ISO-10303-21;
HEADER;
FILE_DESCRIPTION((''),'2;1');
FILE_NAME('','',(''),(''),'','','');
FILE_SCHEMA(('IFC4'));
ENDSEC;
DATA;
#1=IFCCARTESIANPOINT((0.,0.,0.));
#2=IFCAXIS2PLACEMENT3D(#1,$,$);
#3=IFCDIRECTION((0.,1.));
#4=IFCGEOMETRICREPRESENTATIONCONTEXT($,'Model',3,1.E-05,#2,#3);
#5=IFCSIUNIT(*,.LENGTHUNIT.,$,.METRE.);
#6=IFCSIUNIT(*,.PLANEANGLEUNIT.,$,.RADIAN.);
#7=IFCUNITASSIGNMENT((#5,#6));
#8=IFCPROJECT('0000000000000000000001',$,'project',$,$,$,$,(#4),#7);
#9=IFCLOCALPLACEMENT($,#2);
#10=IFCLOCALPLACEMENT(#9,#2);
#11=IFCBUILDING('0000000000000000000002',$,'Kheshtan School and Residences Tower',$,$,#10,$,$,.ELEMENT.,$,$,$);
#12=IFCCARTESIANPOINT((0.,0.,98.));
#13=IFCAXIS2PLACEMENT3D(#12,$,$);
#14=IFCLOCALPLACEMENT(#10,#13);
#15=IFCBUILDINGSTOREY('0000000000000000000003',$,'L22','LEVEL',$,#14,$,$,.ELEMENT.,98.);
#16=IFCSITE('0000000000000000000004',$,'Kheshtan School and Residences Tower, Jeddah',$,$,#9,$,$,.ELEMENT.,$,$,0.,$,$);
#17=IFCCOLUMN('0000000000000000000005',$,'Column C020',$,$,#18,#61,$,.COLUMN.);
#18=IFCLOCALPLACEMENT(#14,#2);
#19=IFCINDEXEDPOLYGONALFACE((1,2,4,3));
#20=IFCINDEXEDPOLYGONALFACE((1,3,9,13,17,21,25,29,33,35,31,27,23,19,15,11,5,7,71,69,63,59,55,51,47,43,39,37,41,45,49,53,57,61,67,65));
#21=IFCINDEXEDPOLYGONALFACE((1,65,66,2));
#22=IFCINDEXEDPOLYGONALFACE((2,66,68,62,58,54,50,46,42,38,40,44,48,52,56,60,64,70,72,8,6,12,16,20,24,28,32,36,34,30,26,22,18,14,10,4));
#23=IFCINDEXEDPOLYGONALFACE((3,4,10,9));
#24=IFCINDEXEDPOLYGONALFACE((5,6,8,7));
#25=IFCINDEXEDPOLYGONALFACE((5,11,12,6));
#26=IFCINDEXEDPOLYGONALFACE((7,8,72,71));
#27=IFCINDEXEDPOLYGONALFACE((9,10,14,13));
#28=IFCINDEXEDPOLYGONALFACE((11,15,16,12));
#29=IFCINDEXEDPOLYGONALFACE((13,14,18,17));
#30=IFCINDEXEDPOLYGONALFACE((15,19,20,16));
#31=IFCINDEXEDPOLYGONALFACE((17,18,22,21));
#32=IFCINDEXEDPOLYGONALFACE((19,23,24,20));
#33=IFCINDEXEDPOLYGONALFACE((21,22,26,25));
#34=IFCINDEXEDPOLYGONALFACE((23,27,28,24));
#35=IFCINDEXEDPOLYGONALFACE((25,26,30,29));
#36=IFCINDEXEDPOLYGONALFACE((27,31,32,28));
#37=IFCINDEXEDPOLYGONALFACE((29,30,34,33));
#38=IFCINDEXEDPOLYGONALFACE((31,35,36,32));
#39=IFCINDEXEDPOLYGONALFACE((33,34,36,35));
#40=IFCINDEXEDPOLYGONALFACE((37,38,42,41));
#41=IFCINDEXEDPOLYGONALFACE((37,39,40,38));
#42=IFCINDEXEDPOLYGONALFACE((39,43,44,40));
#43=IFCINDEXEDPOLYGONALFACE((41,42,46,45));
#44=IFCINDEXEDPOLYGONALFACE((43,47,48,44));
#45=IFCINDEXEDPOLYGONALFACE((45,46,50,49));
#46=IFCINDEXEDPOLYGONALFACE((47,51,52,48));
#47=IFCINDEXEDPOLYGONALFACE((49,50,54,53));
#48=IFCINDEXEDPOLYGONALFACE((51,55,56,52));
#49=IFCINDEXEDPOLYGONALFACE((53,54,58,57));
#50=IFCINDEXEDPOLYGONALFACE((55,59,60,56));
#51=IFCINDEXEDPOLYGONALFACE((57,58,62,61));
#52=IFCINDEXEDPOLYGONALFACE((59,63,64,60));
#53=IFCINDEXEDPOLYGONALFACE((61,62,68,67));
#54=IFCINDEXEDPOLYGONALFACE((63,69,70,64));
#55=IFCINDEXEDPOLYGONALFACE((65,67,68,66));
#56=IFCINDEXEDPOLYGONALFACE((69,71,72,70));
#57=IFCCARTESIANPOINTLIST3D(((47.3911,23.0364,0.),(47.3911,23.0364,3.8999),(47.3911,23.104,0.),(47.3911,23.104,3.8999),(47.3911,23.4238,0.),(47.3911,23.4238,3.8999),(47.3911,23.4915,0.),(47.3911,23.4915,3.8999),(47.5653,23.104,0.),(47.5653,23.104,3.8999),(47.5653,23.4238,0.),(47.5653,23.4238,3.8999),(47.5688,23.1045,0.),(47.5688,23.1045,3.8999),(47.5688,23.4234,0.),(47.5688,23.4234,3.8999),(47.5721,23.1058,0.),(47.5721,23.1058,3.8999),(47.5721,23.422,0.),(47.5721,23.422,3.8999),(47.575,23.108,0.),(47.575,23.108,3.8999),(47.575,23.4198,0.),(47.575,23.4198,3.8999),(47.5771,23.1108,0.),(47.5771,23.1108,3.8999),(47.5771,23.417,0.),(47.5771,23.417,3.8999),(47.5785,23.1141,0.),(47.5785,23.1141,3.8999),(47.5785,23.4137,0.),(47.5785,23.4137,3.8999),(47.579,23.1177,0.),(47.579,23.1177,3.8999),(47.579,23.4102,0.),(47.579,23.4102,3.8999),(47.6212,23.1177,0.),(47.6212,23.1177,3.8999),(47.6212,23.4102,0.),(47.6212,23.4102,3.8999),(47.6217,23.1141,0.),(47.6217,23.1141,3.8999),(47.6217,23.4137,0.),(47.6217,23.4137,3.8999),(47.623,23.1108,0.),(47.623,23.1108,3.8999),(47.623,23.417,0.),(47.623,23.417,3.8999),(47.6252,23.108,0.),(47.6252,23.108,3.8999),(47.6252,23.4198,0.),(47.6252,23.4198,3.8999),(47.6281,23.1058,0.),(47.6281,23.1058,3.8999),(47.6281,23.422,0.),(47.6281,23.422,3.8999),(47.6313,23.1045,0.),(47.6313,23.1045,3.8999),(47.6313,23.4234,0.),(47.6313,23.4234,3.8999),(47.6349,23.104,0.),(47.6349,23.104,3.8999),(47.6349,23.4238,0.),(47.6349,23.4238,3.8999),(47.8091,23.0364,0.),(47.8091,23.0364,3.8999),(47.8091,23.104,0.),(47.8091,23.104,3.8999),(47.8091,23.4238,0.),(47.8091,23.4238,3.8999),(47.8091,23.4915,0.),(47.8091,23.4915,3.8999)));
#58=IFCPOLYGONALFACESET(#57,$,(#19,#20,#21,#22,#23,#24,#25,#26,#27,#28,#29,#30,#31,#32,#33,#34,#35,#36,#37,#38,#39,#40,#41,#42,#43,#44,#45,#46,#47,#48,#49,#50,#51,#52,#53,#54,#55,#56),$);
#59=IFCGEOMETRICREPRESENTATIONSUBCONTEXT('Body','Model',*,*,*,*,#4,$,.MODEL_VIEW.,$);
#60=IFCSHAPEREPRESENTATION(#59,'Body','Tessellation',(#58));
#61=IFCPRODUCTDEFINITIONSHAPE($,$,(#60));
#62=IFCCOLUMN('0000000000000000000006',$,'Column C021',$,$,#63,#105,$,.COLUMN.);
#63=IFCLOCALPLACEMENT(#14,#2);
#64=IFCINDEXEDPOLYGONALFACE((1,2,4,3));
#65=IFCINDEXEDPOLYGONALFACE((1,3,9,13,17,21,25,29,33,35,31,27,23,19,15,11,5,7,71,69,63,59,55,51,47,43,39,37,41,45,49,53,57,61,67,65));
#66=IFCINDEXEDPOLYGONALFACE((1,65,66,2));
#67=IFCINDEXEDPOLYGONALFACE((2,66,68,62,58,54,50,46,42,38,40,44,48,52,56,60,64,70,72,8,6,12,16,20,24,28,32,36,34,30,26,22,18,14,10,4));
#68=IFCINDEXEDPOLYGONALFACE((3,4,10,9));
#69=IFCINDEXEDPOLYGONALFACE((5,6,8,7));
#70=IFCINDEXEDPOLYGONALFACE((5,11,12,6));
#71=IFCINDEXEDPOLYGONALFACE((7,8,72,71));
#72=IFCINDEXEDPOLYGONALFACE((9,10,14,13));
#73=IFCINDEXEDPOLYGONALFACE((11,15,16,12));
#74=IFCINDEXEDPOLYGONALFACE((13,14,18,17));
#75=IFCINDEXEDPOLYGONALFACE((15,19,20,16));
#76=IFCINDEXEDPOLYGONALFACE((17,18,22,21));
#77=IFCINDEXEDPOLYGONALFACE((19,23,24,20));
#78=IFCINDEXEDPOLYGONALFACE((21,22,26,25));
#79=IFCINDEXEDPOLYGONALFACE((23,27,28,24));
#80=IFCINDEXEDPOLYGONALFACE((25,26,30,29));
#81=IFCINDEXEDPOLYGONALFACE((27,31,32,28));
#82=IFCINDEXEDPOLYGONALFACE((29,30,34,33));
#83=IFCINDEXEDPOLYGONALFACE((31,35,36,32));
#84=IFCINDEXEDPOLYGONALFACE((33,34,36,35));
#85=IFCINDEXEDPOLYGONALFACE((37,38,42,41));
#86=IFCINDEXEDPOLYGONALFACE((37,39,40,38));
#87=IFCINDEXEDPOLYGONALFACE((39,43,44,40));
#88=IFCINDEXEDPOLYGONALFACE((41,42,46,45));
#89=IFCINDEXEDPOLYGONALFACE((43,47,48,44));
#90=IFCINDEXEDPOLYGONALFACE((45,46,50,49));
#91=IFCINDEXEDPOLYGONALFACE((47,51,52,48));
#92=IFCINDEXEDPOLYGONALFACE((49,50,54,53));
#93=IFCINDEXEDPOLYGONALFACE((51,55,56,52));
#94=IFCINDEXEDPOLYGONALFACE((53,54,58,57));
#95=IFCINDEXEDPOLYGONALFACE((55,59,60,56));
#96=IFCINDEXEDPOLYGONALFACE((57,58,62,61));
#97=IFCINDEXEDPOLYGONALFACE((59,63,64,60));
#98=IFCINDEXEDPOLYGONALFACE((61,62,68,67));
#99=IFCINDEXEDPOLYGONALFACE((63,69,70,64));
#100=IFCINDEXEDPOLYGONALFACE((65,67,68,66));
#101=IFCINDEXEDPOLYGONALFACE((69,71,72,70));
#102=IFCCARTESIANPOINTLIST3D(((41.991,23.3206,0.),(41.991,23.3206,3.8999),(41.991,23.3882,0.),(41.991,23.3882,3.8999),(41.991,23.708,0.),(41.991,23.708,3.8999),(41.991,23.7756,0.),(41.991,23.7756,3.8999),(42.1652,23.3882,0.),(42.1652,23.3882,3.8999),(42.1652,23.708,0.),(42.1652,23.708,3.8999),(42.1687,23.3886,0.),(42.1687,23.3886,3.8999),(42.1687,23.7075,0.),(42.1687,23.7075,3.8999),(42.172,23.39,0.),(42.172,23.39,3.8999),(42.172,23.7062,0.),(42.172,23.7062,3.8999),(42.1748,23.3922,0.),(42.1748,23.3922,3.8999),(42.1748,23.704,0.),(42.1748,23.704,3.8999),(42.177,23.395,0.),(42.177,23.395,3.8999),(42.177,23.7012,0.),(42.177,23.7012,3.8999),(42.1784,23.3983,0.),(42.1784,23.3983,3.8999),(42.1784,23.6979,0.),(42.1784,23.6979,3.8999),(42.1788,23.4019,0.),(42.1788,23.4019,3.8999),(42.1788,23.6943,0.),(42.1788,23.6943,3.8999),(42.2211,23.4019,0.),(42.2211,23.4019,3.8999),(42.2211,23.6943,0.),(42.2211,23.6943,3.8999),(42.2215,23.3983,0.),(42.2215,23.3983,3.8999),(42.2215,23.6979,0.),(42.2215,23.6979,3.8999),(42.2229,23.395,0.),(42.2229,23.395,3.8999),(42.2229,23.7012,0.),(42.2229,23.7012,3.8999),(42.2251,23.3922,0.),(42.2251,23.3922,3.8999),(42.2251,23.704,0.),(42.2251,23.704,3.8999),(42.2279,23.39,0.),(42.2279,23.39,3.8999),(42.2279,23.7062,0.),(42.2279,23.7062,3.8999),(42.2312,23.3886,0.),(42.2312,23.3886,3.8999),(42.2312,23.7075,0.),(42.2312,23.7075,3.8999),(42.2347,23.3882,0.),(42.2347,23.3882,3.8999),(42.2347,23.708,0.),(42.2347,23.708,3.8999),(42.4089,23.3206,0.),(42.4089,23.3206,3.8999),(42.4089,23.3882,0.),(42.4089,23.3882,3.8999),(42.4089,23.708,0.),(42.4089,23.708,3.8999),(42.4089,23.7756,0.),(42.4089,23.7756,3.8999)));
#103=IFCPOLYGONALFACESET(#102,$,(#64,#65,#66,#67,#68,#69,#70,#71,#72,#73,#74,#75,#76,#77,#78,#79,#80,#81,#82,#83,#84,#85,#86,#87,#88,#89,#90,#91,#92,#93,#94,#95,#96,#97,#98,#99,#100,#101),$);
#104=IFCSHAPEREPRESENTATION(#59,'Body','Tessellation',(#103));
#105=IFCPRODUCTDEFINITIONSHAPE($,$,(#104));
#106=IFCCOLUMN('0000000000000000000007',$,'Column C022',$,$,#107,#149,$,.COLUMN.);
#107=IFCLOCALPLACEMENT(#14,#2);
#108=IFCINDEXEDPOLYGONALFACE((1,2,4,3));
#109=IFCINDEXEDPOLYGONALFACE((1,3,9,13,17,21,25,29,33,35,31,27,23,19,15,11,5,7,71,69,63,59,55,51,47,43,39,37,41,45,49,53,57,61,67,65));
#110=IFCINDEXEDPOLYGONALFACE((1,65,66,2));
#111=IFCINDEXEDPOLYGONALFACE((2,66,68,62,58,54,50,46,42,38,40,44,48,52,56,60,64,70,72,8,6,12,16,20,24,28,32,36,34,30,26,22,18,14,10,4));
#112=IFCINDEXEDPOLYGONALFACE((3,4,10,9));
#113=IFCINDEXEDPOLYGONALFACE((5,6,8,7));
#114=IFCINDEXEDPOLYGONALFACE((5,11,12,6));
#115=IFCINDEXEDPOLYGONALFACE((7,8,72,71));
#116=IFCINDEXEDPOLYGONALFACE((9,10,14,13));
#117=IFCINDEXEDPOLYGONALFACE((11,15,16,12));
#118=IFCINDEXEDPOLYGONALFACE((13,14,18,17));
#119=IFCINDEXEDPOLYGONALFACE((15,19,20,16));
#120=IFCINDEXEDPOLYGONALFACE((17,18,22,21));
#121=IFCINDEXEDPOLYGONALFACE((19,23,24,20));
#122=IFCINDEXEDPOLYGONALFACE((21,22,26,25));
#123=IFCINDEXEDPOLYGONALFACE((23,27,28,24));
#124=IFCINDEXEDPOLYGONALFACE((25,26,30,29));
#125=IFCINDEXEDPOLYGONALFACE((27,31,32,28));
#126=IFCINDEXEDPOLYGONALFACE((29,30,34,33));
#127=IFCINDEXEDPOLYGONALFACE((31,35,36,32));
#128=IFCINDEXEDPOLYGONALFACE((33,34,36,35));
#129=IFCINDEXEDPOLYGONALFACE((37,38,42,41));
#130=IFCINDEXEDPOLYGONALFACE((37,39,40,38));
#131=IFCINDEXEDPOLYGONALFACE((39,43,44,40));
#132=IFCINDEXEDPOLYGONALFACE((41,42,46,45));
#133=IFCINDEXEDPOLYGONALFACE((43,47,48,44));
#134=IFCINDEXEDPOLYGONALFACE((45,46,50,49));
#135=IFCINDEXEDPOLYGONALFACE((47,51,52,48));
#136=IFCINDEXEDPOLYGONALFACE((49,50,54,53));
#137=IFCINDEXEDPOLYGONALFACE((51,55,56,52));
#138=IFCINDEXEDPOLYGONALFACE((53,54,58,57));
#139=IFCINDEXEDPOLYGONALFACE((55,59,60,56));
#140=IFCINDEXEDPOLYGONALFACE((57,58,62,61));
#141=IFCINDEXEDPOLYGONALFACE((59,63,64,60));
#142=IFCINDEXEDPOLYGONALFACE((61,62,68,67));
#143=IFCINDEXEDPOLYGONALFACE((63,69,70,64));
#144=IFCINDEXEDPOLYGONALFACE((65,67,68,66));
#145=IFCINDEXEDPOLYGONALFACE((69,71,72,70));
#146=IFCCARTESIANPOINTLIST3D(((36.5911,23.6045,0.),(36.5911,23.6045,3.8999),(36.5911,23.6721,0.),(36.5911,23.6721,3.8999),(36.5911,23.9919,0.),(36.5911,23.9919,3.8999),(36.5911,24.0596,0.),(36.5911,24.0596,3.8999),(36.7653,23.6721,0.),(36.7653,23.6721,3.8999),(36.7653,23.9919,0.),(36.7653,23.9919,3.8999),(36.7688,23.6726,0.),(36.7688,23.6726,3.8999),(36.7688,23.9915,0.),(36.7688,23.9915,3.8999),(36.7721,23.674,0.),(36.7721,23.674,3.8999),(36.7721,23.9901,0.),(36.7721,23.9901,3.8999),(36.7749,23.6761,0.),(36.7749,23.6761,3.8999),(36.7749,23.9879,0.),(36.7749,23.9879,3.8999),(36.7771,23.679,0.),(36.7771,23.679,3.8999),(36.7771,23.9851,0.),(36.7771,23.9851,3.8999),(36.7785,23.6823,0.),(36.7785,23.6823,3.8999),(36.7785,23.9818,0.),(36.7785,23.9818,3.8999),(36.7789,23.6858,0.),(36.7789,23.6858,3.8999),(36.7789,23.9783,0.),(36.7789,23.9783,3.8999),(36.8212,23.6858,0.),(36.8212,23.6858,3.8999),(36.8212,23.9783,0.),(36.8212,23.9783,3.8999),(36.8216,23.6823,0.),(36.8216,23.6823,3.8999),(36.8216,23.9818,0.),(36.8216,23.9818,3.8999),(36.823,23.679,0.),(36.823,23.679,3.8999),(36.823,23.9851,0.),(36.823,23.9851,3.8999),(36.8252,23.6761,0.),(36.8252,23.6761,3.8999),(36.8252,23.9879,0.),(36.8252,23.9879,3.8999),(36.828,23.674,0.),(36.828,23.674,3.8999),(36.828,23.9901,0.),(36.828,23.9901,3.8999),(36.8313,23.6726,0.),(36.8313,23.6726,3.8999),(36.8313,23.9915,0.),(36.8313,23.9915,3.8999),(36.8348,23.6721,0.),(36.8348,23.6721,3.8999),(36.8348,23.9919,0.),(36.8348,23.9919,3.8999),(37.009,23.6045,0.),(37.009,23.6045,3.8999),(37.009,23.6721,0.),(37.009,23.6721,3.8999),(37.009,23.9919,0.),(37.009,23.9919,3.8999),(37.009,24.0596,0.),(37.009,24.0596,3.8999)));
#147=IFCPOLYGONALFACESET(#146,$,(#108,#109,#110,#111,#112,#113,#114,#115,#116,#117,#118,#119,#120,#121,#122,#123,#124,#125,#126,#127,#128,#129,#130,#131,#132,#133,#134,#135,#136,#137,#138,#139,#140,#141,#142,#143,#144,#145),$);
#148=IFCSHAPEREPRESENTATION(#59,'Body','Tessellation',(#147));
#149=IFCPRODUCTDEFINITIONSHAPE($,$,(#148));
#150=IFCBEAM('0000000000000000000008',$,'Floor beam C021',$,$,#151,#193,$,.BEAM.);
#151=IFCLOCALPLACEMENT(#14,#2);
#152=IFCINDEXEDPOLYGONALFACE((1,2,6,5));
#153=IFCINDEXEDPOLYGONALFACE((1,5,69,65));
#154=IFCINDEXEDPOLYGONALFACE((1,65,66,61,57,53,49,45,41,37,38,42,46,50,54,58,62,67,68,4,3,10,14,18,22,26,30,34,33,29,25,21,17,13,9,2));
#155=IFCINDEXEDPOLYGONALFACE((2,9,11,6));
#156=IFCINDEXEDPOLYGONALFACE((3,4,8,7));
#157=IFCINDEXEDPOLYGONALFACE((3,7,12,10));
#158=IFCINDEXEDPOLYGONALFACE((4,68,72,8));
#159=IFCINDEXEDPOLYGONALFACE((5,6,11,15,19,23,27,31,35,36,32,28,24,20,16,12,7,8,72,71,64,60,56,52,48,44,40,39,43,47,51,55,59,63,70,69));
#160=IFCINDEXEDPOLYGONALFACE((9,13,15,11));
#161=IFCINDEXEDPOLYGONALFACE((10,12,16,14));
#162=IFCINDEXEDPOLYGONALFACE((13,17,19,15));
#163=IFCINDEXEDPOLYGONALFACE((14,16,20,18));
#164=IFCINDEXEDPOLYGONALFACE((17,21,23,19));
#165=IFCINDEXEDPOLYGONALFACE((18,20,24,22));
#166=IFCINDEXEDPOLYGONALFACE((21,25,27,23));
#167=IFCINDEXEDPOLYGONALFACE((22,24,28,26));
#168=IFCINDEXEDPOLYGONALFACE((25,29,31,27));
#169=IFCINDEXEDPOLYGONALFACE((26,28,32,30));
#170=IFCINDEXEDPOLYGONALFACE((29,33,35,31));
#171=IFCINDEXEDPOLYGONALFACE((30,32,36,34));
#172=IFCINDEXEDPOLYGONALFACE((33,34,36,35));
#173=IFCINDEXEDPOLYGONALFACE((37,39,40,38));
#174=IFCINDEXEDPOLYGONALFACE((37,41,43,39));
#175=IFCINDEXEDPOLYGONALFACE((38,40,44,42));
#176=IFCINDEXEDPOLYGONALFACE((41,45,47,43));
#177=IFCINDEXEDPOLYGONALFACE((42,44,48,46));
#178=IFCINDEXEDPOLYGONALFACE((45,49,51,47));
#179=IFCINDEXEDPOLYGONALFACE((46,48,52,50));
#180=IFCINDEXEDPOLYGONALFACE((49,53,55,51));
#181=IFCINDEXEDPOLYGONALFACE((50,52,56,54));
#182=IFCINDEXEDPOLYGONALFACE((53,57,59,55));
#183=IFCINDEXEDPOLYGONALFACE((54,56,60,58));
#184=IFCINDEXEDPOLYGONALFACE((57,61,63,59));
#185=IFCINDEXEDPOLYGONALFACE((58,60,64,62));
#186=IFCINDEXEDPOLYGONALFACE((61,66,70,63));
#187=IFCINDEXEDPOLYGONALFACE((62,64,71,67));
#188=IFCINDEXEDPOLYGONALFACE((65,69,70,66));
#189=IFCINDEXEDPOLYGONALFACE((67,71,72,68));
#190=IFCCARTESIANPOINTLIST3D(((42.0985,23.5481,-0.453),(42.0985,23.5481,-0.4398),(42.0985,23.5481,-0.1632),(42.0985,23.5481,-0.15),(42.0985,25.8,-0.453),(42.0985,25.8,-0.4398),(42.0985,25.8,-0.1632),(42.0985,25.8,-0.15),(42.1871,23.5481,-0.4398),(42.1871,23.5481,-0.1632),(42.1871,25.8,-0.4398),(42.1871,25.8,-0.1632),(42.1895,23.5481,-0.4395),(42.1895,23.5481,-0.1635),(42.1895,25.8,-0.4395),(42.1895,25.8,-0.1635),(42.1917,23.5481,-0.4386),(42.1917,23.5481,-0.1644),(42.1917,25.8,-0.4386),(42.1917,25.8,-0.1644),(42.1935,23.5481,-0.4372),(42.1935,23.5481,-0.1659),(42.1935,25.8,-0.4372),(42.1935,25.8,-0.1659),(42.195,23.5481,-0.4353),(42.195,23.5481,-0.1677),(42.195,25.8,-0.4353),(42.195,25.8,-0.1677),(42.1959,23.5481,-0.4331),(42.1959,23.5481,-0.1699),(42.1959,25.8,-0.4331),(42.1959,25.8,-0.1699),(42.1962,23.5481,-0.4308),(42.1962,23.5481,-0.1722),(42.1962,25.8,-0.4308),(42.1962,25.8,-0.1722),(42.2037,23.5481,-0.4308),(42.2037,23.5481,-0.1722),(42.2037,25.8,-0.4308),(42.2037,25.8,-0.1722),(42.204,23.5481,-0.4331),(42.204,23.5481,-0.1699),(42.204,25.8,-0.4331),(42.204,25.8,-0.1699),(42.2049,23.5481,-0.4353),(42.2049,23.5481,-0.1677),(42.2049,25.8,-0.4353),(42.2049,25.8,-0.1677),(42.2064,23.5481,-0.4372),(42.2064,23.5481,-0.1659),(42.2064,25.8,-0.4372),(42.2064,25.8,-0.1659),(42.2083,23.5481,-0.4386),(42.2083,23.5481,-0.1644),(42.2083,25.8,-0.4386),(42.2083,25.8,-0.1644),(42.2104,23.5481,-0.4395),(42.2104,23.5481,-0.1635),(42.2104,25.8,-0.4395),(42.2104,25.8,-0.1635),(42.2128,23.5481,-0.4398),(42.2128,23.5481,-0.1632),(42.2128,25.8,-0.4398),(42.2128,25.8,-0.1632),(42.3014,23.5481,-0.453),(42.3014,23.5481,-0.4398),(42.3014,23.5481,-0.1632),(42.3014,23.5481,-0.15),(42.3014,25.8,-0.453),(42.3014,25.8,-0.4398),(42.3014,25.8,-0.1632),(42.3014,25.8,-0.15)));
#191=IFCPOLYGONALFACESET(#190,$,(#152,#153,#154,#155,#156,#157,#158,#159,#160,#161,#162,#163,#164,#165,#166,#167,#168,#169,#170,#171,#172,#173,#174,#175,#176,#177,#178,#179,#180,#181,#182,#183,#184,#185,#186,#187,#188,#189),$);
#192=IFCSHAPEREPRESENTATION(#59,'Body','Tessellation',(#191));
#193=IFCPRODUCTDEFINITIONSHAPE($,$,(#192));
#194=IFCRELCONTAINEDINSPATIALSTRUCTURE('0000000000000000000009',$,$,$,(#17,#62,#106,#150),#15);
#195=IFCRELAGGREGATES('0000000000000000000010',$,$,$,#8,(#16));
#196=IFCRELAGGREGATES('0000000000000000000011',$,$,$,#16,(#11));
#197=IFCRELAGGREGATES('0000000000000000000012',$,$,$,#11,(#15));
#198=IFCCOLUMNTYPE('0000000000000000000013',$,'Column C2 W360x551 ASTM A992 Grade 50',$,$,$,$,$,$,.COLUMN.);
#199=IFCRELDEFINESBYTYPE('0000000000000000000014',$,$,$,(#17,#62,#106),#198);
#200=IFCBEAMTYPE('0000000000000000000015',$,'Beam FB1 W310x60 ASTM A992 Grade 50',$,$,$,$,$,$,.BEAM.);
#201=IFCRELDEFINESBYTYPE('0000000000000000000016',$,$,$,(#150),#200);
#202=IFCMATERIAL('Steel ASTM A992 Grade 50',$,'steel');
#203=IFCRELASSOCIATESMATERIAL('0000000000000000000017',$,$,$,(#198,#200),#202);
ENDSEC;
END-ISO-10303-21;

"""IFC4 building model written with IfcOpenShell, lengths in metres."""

from ifc_helpers import new_model, si_unit, direction, frame, origin, origin_2d, place, context, subcontext, project, spatial, i_section, extrude, material, material_profile, profile_set, type_object, element, save


model = new_model("IFC4")

# Units and contexts
model_context = context("Model", 3, precision=1e-05, world=origin(), true_north=direction((0.0, 1.0)))
body_context = subcontext(model_context, "Body", "Model", "MODEL_VIEW")
ifc_project = project(units=[si_unit("LENGTHUNIT", "METRE"), si_unit("PLANEANGLEUNIT", "RADIAN")], contexts=[model_context])

# Site, building, storey
site_placement = place(None, origin())
site = spatial("IfcSite", under=ifc_project, at=site_placement, Name="Kheshtan School and Residences Tower, Jeddah", CompositionType="ELEMENT", RefElevation=0.0)
building_placement = place(site_placement, origin())
building = spatial("IfcBuilding", under=site, at=building_placement, Name="Kheshtan School and Residences Tower", CompositionType="ELEMENT")
storey_placement = place(building_placement, frame((0.0, 0.0, 98.0)))
storey = spatial("IfcBuildingStorey", under=building, at=storey_placement, Name="L22", Description="LEVEL", CompositionType="ELEMENT", Elevation=98.0)

# Columns
ifc_material_1 = material(Name="Steel ASTM A992 Grade 50", Category="steel")
ifc_material_profile_1 = material_profile(ifc_material_1, i_section(OverallWidth=0.418, OverallDepth=0.4551, WebThickness=0.0422, FlangeThickness=0.0676, FilletRadius=0.0137, at=origin_2d()), Name="W360x551")
ifc_profile_set_1 = profile_set([ifc_material_profile_1], Name="Steel ASTM A992 Grade 50")
column_type = type_object("IfcColumnType", Name="Column C2 W360x551 ASTM A992 Grade 50", PredefinedType="COLUMN", material=ifc_profile_set_1)
for number, where, z_axis, x_axis, name in (
    (1, (47.6001, 23.2639, 0.0), (0.0, 0.0, 1.0), (1.0, 0.0, 0.0), "Column C020"),
    (2, (42.2, 23.5481, 0.0), (0.0, 0.0, 1.0), (1.0, 0.0, 0.0), "Column C021"),
    (3, (36.8, 23.832, 0.0), (0.0, 0.0, 1.0), (1.0, 0.0, 0.0), "Column C022"),
):
    element("IfcColumn", number, at=place(storey_placement, frame(where, z_axis=z_axis, x_axis=x_axis)), inside=storey, type_object=column_type, Name=name, PredefinedType="COLUMN", context=body_context, shape_type="SweptSolid", body=[
        extrude(i_section(OverallWidth=0.418, OverallDepth=0.4551, WebThickness=0.0422, FlangeThickness=0.0676, FilletRadius=0.0137, at=origin_2d()), origin(), (0.0, 0.0, 1.0), 3.8999),
    ])

# Beam
ifc_material_profile_2 = material_profile(ifc_material_1, i_section(OverallWidth=0.2029, OverallDepth=0.303, WebThickness=0.0076, FlangeThickness=0.0132, FilletRadius=0.009, at=origin_2d()), Name="W310x60")
ifc_profile_set_2 = profile_set([ifc_material_profile_2], Name="Steel ASTM A992 Grade 50")
beam_type_1 = type_object("IfcBeamType", Name="Beam FB1 W310x60 ASTM A992 Grade 50", PredefinedType="BEAM", material=ifc_profile_set_2)
beam_1_placement = place(storey_placement, frame((42.2, 23.5481, -0.3015), z_axis=(0.0, 1.0, 0.0), x_axis=(-1.0, 0.0, 0.0)))
element("IfcBeam", 4, at=beam_1_placement, inside=storey, type_object=beam_type_1, Name="Floor beam C021", PredefinedType="BEAM", context=body_context, shape_type="SweptSolid", body=[
    extrude(i_section(OverallWidth=0.2029, OverallDepth=0.303, WebThickness=0.0076, FlangeThickness=0.0132, FilletRadius=0.009, at=origin_2d()), origin(), (0.0, 0.0, 1.0), 2.252),
])

save(model, "model.ifc")
